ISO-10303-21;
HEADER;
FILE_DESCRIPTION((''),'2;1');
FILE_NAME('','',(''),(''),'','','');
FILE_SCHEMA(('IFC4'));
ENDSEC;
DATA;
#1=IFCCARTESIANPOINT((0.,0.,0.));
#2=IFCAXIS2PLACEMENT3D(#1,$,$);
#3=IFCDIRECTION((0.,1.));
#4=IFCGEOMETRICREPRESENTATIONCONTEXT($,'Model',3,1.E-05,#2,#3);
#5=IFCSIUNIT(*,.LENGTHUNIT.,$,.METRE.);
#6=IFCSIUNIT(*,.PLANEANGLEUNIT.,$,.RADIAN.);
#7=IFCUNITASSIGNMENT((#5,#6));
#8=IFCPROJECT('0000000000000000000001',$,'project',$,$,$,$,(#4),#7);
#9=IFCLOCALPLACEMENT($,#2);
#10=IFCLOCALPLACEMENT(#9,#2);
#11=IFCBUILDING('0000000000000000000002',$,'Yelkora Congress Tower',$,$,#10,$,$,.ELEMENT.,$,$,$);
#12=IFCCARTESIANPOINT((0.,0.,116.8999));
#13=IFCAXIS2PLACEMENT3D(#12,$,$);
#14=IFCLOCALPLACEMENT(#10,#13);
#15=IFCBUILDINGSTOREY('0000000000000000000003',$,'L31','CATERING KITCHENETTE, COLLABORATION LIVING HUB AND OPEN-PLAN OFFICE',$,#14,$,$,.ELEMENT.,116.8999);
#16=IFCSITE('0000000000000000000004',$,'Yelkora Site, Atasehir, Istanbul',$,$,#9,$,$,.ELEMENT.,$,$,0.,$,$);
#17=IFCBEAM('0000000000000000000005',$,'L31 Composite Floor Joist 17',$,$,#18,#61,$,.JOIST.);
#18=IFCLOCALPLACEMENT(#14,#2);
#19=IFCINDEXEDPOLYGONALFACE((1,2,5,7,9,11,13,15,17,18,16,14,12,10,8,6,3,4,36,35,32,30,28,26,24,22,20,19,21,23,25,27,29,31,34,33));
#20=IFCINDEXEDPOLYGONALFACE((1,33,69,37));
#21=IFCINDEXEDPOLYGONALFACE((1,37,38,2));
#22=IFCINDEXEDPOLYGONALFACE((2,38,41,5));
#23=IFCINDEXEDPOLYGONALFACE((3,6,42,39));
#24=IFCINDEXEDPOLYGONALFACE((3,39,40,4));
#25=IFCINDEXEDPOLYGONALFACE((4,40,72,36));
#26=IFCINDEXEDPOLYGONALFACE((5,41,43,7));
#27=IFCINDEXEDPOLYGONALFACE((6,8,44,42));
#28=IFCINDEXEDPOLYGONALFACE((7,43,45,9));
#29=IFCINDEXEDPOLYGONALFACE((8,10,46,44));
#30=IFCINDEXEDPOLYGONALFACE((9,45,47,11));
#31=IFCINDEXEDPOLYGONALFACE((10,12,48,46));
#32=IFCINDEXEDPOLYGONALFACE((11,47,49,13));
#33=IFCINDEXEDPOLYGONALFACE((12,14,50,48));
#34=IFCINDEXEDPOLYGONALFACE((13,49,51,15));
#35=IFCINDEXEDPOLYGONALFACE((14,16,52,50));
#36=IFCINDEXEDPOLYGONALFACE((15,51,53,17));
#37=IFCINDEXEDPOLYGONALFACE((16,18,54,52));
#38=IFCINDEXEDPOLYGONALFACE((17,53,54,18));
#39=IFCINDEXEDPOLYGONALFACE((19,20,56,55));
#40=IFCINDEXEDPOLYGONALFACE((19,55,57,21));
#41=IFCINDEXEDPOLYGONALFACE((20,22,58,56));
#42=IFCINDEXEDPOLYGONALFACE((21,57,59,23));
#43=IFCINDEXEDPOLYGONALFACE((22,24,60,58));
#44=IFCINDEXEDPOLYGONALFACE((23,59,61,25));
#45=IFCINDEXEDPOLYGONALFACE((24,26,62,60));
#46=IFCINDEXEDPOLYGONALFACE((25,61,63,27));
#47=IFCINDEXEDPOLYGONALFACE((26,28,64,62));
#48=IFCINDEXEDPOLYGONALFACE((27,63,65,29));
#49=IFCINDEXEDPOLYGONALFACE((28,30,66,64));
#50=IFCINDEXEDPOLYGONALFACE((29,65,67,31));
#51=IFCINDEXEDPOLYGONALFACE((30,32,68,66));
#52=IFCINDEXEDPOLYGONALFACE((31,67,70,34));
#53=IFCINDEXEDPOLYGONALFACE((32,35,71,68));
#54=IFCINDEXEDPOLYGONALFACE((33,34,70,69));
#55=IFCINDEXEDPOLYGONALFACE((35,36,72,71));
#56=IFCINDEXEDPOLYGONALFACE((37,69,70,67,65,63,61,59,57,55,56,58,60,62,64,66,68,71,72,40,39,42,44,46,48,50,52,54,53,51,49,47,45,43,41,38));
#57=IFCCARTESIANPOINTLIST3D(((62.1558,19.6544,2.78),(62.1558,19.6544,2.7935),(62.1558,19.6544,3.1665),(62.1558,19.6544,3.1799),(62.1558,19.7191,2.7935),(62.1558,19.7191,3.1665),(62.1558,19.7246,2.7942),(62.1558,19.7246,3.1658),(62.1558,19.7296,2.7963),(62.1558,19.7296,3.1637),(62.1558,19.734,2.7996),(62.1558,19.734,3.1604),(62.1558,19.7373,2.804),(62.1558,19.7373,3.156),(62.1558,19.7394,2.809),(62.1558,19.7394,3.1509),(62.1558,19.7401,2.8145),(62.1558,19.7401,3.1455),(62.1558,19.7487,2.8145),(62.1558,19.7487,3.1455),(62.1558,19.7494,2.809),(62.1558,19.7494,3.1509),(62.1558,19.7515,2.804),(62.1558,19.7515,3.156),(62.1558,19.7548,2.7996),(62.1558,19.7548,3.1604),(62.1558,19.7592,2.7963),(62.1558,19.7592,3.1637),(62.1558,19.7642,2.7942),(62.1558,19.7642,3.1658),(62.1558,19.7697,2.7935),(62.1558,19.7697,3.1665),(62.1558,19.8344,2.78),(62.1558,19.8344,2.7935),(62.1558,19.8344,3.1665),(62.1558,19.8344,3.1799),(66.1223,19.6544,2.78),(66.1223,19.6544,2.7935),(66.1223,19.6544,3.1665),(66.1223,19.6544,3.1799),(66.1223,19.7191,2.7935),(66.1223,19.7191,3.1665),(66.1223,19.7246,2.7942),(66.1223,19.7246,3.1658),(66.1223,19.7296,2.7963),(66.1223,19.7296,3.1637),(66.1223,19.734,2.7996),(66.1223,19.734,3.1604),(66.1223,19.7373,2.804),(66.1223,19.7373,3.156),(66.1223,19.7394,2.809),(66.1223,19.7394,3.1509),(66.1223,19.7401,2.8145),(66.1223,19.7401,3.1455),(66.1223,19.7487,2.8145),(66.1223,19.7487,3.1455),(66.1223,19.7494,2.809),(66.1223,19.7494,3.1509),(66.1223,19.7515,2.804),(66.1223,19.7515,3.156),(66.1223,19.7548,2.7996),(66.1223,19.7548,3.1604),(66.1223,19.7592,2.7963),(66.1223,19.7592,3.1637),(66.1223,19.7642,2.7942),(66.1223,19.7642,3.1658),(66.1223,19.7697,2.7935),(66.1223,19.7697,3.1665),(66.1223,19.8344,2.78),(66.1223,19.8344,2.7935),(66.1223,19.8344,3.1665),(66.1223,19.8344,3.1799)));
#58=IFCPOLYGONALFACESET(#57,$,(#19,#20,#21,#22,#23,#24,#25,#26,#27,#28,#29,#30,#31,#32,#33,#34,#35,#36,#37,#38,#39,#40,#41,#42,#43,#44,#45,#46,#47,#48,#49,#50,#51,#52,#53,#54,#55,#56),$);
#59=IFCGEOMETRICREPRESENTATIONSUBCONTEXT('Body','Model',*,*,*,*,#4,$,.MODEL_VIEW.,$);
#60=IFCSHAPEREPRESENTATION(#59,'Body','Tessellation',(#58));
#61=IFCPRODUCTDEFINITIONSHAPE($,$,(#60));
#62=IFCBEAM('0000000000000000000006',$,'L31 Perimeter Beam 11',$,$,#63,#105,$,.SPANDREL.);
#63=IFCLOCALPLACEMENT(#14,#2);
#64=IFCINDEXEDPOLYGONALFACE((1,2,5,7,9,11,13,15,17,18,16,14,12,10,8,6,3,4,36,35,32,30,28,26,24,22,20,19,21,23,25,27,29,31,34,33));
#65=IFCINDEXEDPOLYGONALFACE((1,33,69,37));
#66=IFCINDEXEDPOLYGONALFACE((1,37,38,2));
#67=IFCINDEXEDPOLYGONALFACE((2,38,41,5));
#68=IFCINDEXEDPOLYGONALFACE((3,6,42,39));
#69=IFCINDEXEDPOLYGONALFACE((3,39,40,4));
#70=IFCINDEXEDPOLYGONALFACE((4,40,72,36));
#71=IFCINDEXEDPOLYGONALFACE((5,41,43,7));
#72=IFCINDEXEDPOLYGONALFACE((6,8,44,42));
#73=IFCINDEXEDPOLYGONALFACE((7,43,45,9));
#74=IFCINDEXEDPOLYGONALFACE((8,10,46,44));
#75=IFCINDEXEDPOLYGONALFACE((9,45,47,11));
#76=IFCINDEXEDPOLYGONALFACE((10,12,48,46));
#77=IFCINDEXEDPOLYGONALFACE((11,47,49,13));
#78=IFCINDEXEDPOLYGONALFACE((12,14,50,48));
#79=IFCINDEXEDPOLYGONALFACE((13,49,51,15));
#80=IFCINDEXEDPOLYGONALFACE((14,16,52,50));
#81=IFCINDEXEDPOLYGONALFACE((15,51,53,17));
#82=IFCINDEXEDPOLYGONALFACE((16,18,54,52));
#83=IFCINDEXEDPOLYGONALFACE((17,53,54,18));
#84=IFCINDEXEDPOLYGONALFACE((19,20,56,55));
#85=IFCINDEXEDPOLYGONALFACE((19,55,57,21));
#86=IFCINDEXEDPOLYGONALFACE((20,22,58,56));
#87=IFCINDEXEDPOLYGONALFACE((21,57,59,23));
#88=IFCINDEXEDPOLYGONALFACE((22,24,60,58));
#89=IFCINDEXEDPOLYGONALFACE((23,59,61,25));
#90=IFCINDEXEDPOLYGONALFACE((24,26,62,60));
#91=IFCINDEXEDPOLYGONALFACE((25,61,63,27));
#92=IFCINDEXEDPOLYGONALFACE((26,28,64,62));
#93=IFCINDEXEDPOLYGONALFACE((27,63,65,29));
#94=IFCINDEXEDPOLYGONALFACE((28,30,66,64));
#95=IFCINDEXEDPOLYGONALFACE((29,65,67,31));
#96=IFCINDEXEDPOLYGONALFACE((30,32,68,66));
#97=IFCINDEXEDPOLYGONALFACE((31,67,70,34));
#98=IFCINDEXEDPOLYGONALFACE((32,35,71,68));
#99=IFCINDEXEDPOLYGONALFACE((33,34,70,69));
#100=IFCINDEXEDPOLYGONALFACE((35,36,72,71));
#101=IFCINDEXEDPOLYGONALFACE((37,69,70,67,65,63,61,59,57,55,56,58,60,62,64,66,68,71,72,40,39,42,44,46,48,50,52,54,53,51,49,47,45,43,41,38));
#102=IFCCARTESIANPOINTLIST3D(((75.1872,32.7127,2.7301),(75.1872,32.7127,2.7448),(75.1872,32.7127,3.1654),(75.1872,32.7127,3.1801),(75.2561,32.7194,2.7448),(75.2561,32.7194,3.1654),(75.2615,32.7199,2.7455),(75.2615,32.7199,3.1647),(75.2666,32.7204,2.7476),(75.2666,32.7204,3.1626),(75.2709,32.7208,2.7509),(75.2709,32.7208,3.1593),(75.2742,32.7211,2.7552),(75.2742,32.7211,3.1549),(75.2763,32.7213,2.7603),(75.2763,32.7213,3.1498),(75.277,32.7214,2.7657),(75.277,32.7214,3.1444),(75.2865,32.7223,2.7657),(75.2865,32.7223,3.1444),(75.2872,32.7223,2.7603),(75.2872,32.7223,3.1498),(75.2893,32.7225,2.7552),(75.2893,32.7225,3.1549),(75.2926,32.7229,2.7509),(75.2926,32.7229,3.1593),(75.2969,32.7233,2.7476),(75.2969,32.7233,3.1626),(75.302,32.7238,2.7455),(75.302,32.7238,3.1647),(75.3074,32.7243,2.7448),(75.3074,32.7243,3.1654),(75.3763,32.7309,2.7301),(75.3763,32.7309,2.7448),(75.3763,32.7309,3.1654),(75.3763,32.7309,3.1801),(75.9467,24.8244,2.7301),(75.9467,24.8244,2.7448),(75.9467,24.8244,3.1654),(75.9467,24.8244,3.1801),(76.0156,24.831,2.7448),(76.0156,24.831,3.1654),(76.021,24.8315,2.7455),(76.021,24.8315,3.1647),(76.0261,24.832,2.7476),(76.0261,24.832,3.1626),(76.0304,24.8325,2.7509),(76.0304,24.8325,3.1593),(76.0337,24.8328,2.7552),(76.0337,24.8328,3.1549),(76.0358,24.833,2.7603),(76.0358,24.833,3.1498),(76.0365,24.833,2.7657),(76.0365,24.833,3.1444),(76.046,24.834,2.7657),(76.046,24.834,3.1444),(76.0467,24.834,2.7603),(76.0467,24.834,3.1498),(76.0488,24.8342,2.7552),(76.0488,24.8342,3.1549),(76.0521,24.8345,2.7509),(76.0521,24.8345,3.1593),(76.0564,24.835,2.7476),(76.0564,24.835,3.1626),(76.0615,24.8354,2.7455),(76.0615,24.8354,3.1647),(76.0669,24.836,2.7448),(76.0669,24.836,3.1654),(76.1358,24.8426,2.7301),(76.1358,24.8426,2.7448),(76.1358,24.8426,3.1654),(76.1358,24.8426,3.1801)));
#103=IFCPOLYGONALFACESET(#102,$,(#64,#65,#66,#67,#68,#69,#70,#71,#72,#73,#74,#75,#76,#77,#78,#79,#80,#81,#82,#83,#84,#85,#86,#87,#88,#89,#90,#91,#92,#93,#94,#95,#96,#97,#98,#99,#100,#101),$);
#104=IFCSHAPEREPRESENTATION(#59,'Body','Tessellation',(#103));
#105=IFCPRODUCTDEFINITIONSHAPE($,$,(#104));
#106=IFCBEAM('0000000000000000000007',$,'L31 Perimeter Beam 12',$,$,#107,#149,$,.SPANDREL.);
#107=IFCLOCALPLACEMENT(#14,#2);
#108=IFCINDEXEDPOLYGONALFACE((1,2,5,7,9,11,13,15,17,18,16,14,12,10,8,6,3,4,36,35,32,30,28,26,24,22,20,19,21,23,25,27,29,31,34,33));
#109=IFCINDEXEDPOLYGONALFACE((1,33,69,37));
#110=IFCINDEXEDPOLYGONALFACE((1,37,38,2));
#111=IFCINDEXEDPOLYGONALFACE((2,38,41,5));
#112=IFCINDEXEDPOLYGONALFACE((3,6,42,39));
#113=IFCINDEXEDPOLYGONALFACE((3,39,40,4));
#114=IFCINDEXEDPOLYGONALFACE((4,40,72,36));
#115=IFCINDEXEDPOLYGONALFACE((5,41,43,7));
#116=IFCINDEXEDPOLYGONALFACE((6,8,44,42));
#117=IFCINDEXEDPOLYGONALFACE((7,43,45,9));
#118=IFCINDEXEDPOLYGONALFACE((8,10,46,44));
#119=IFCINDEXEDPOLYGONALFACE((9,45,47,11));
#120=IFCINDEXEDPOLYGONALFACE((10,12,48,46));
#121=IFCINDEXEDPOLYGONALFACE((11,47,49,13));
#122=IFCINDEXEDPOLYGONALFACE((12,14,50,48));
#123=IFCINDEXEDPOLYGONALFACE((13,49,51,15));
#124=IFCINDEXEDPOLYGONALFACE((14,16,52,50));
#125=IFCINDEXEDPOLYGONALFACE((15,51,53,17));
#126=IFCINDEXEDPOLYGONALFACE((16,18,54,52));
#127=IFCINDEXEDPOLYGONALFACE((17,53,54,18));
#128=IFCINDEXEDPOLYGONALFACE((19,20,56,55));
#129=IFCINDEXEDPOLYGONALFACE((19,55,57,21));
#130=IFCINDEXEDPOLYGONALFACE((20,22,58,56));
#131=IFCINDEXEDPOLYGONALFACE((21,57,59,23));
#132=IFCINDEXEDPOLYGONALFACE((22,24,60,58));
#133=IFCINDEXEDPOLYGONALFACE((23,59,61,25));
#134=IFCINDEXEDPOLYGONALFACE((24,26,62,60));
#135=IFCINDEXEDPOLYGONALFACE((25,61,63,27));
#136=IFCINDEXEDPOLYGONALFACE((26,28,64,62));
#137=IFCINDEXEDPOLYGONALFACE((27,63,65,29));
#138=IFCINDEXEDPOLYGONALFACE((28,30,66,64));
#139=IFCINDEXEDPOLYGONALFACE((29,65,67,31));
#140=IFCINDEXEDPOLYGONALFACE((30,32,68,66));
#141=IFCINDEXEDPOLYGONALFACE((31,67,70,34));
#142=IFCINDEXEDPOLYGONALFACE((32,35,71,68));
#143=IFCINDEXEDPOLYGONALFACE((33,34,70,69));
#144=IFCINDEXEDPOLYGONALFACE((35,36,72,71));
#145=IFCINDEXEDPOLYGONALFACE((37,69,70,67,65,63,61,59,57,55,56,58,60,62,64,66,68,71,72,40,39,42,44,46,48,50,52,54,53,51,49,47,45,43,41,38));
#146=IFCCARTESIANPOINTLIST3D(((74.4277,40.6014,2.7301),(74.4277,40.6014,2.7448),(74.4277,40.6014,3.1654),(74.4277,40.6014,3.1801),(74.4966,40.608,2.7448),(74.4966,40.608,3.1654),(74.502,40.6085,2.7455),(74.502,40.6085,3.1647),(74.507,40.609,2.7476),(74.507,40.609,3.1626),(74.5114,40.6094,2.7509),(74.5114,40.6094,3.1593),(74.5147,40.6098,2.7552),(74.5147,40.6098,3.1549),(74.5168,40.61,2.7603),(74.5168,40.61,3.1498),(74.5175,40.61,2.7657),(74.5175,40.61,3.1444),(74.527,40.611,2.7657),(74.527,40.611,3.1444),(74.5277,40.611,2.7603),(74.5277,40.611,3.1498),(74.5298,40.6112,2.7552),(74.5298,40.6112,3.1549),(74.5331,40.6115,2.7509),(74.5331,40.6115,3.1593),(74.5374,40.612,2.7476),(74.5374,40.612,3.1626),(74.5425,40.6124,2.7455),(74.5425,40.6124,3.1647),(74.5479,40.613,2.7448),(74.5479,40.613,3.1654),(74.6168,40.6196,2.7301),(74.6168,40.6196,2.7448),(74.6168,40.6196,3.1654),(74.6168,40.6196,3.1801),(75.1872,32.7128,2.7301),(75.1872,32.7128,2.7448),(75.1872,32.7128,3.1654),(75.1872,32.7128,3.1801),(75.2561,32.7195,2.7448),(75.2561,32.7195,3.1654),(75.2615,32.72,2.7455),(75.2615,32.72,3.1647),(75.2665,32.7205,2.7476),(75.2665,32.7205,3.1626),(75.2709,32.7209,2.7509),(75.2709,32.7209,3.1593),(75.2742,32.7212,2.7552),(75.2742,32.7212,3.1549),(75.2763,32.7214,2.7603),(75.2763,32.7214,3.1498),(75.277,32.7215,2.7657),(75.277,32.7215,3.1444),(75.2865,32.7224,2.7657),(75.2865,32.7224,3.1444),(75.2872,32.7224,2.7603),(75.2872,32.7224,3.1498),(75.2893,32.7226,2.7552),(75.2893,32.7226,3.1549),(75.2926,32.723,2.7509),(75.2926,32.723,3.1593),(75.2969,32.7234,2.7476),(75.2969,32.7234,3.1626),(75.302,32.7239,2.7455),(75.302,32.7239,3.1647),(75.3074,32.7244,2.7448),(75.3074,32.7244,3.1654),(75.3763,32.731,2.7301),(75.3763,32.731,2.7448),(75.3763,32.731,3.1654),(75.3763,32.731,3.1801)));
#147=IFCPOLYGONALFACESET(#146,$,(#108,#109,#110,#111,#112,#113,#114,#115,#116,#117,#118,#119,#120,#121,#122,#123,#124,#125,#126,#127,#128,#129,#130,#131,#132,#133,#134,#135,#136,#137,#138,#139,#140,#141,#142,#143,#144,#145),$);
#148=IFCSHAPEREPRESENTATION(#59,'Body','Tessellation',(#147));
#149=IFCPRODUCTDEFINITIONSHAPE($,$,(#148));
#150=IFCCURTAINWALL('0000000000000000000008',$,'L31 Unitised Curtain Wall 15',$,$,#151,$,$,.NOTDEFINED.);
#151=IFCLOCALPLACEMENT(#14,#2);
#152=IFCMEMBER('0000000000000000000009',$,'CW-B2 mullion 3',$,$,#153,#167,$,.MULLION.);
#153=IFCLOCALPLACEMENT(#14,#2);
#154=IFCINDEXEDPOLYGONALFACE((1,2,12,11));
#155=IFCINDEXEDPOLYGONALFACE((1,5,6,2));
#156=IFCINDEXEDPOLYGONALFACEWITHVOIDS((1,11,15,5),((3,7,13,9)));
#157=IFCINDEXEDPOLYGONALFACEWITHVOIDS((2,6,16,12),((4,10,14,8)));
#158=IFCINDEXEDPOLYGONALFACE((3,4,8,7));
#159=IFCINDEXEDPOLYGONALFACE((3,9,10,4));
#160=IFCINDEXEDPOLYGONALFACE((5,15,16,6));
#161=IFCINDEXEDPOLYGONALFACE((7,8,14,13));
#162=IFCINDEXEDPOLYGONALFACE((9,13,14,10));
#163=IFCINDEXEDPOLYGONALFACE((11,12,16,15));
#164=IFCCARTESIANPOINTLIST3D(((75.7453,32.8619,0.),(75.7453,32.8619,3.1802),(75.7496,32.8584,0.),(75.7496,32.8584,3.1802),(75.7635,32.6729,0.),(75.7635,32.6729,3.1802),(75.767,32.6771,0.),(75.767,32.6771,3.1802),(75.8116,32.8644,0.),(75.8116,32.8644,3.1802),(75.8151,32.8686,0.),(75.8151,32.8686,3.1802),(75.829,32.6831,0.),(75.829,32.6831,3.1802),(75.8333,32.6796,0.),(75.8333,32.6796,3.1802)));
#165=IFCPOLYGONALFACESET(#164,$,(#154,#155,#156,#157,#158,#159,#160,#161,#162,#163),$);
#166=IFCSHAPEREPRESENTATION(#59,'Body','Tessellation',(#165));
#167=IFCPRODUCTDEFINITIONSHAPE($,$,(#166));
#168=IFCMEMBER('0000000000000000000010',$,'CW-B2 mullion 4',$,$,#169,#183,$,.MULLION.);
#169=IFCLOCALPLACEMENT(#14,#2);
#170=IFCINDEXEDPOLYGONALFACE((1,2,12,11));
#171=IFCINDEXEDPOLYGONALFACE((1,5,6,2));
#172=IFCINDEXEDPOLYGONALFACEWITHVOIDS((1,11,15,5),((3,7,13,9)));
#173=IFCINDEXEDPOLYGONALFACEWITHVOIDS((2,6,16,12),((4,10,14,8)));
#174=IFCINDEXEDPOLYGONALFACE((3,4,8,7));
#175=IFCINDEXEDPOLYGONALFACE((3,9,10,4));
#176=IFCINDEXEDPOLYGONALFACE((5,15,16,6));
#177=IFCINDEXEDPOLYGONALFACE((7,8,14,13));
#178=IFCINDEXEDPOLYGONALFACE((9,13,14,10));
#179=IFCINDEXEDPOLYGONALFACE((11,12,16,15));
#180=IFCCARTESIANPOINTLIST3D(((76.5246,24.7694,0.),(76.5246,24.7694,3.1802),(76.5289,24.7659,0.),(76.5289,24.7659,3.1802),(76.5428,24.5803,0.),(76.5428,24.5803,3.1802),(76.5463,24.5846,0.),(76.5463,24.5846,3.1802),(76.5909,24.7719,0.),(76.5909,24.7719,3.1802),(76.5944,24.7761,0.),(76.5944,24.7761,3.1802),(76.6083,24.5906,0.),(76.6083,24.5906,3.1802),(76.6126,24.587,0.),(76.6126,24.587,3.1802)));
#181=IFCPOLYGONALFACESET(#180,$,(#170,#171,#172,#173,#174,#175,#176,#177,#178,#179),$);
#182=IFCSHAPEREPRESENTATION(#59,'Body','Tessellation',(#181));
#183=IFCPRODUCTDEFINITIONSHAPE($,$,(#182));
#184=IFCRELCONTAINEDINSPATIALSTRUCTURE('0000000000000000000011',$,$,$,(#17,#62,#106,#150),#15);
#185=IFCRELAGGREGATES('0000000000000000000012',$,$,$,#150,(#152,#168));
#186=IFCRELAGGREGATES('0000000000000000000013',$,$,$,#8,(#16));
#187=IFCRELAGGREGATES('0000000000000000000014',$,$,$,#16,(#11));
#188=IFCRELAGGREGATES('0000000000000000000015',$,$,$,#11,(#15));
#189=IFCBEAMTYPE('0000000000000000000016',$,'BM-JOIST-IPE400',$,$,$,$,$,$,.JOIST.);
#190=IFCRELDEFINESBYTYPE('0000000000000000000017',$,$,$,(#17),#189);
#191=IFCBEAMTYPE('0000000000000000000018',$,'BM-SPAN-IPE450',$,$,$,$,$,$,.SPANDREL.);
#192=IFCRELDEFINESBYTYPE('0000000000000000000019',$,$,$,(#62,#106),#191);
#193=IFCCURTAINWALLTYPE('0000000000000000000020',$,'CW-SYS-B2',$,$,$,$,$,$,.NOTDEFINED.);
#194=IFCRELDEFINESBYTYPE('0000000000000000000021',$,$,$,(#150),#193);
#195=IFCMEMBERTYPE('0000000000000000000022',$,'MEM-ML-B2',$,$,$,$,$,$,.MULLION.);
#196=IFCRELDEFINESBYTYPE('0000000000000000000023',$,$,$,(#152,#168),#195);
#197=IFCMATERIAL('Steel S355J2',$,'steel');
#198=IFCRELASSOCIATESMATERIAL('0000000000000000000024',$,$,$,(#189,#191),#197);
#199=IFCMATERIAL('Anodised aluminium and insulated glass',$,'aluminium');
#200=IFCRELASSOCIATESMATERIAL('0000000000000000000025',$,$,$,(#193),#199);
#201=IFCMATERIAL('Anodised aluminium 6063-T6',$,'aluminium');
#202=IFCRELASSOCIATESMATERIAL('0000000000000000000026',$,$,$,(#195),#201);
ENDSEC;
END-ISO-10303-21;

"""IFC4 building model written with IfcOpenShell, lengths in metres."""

from ifc_helpers import new_model, si_unit, direction, frame, origin, origin_2d, place, context, subcontext, project, spatial, hollow_rectangle, i_section, extrude, material, material_profile, profile_set, type_object, element, aggregate, save


model = new_model("IFC4")

# Units and contexts
model_context = context("Model", 3, precision=1e-05, world=origin(), true_north=direction((0.0, 1.0)))
body_context = subcontext(model_context, "Body", "Model", "MODEL_VIEW")
ifc_project = project(units=[si_unit("LENGTHUNIT", "METRE"), si_unit("PLANEANGLEUNIT", "RADIAN")], contexts=[model_context])

# Site, building, storey
site_placement = place(None, origin())
site = spatial("IfcSite", under=ifc_project, at=site_placement, Name="Yelkora Site, Atasehir, Istanbul", CompositionType="ELEMENT", RefElevation=0.0)
building_placement = place(site_placement, origin())
building = spatial("IfcBuilding", under=site, at=building_placement, Name="Yelkora Congress Tower", CompositionType="ELEMENT")
storey_placement = place(building_placement, frame((0.0, 0.0, 116.8999)))
storey = spatial("IfcBuildingStorey", under=building, at=storey_placement, Name="L31", Description="CATERING KITCHENETTE, COLLABORATION LIVING HUB AND OPEN-PLAN OFFICE", CompositionType="ELEMENT", Elevation=116.8999)

# Beams
ifc_material_1 = material(Name="Steel S355J2", Category="steel")
ifc_material_profile_1 = material_profile(ifc_material_1, i_section(OverallWidth=0.1799, OverallDepth=0.3999, WebThickness=0.0085, FlangeThickness=0.0134, FilletRadius=0.021, at=origin_2d()), Name="IPE 400")
ifc_profile_set_1 = profile_set([ifc_material_profile_1], Name="Steel S355J2")
beam_type_1 = type_object("IfcBeamType", Name="BM-JOIST-IPE400", PredefinedType="JOIST", material=ifc_profile_set_1)
beam_1_placement = place(storey_placement, frame((62.1558, 19.7444, 2.98), z_axis=(1.0, 0.0, 0.0), x_axis=(0.0, 1.0, 0.0)))
element("IfcBeam", 1, at=beam_1_placement, inside=storey, type_object=beam_type_1, Name="L31 Composite Floor Joist 17", PredefinedType="JOIST", context=body_context, shape_type="SweptSolid", body=[
    extrude(i_section(OverallWidth=0.1799, OverallDepth=0.3999, WebThickness=0.0085, FlangeThickness=0.0134, FilletRadius=0.021, at=origin_2d()), origin(), (0.0, 0.0, 1.0), 3.9666),
])
ifc_material_profile_2 = material_profile(ifc_material_1, i_section(OverallWidth=0.1899, OverallDepth=0.45, WebThickness=0.0095, FlangeThickness=0.0146, FilletRadius=0.021, at=origin_2d()), Name="IPE 450")
ifc_profile_set_2 = profile_set([ifc_material_profile_2], Name="Steel S355J2")
beam_type_2 = type_object("IfcBeamType", Name="BM-SPAN-IPE450", PredefinedType="SPANDREL", material=ifc_profile_set_2)
beam_2_placement = place(storey_placement, frame((76.0413, 24.8335, 2.9551), z_axis=(-0.09584, 0.995397, 0.0), x_axis=(-0.995397, -0.09584, 0.0)))
element("IfcBeam", 2, at=beam_2_placement, inside=storey, type_object=beam_type_2, Name="L31 Perimeter Beam 11", PredefinedType="SPANDREL", context=body_context, shape_type="SweptSolid", body=[
    extrude(i_section(OverallWidth=0.1899, OverallDepth=0.45, WebThickness=0.0095, FlangeThickness=0.0146, FilletRadius=0.021, at=origin_2d()), origin(), (0.0, 0.0, 1.0), 7.9248),
])
beam_3_placement = place(storey_placement, frame((75.2817, 32.7219, 2.9551), z_axis=(-0.095837, 0.995397, 0.0), x_axis=(-0.995397, -0.095837, 0.0)))
element("IfcBeam", 3, at=beam_3_placement, inside=storey, type_object=beam_type_2, Name="L31 Perimeter Beam 12", PredefinedType="SPANDREL", context=body_context, shape_type="SweptSolid", body=[
    extrude(i_section(OverallWidth=0.1899, OverallDepth=0.45, WebThickness=0.0095, FlangeThickness=0.0146, FilletRadius=0.021, at=origin_2d()), origin(), (0.0, 0.0, 1.0), 7.925),
])

# Curtain wall, members
ifc_material_2 = material(Name="Anodised aluminium and insulated glass", Category="aluminium")
curtain_wall_type = type_object("IfcCurtainWallType", Name="CW-SYS-B2", PredefinedType="NOTDEFINED", material=ifc_material_2)
curtain_wall_placement = place(storey_placement, origin())
curtain_wall = element("IfcCurtainWall", 4, at=curtain_wall_placement, inside=storey, type_object=curtain_wall_type, Name="L31 Unitised Curtain Wall 15", PredefinedType="NOTDEFINED")
ifc_material_3 = material(Name="Anodised aluminium 6063-T6", Category="aluminium")
ifc_material_profile_3 = material_profile(ifc_material_3, hollow_rectangle(XDim=0.0701, YDim=0.1899, WallThickness=0.0039, at=origin_2d()), Name="ALU 70x190x4")
ifc_profile_set_3 = profile_set([ifc_material_profile_3], Name="Anodised aluminium 6063-T6")
member_type_1 = type_object("IfcMemberType", Name="MEM-ML-B2", PredefinedType="MULLION", material=ifc_profile_set_3)
member_1_placement = place(storey_placement, frame((75.7893, 32.7708, 0.0), z_axis=(0.0, 0.0, 1.0), x_axis=(0.995397, 0.095843, 0.0)))
member_1 = element("IfcMember", 5, at=member_1_placement, type_object=member_type_1, Name="CW-B2 mullion 3", PredefinedType="MULLION", context=body_context, shape_type="SweptSolid", body=[
    extrude(hollow_rectangle(XDim=0.0701, YDim=0.1899, WallThickness=0.0039, at=origin_2d()), origin(), (0.0, 0.0, 1.0), 3.1802),
])
member_2_placement = place(storey_placement, frame((76.5686, 24.6782, 0.0), z_axis=(0.0, 0.0, 1.0), x_axis=(0.995397, 0.095843, 0.0)))
member_2 = element("IfcMember", 6, at=member_2_placement, type_object=member_type_1, Name="CW-B2 mullion 4", PredefinedType="MULLION", context=body_context, shape_type="SweptSolid", body=[
    extrude(hollow_rectangle(XDim=0.0701, YDim=0.1899, WallThickness=0.0039, at=origin_2d()), origin(), (0.0, 0.0, 1.0), 3.1802),
])
aggregate(curtain_wall, [member_1, member_2])

save(model, "model.ifc")
